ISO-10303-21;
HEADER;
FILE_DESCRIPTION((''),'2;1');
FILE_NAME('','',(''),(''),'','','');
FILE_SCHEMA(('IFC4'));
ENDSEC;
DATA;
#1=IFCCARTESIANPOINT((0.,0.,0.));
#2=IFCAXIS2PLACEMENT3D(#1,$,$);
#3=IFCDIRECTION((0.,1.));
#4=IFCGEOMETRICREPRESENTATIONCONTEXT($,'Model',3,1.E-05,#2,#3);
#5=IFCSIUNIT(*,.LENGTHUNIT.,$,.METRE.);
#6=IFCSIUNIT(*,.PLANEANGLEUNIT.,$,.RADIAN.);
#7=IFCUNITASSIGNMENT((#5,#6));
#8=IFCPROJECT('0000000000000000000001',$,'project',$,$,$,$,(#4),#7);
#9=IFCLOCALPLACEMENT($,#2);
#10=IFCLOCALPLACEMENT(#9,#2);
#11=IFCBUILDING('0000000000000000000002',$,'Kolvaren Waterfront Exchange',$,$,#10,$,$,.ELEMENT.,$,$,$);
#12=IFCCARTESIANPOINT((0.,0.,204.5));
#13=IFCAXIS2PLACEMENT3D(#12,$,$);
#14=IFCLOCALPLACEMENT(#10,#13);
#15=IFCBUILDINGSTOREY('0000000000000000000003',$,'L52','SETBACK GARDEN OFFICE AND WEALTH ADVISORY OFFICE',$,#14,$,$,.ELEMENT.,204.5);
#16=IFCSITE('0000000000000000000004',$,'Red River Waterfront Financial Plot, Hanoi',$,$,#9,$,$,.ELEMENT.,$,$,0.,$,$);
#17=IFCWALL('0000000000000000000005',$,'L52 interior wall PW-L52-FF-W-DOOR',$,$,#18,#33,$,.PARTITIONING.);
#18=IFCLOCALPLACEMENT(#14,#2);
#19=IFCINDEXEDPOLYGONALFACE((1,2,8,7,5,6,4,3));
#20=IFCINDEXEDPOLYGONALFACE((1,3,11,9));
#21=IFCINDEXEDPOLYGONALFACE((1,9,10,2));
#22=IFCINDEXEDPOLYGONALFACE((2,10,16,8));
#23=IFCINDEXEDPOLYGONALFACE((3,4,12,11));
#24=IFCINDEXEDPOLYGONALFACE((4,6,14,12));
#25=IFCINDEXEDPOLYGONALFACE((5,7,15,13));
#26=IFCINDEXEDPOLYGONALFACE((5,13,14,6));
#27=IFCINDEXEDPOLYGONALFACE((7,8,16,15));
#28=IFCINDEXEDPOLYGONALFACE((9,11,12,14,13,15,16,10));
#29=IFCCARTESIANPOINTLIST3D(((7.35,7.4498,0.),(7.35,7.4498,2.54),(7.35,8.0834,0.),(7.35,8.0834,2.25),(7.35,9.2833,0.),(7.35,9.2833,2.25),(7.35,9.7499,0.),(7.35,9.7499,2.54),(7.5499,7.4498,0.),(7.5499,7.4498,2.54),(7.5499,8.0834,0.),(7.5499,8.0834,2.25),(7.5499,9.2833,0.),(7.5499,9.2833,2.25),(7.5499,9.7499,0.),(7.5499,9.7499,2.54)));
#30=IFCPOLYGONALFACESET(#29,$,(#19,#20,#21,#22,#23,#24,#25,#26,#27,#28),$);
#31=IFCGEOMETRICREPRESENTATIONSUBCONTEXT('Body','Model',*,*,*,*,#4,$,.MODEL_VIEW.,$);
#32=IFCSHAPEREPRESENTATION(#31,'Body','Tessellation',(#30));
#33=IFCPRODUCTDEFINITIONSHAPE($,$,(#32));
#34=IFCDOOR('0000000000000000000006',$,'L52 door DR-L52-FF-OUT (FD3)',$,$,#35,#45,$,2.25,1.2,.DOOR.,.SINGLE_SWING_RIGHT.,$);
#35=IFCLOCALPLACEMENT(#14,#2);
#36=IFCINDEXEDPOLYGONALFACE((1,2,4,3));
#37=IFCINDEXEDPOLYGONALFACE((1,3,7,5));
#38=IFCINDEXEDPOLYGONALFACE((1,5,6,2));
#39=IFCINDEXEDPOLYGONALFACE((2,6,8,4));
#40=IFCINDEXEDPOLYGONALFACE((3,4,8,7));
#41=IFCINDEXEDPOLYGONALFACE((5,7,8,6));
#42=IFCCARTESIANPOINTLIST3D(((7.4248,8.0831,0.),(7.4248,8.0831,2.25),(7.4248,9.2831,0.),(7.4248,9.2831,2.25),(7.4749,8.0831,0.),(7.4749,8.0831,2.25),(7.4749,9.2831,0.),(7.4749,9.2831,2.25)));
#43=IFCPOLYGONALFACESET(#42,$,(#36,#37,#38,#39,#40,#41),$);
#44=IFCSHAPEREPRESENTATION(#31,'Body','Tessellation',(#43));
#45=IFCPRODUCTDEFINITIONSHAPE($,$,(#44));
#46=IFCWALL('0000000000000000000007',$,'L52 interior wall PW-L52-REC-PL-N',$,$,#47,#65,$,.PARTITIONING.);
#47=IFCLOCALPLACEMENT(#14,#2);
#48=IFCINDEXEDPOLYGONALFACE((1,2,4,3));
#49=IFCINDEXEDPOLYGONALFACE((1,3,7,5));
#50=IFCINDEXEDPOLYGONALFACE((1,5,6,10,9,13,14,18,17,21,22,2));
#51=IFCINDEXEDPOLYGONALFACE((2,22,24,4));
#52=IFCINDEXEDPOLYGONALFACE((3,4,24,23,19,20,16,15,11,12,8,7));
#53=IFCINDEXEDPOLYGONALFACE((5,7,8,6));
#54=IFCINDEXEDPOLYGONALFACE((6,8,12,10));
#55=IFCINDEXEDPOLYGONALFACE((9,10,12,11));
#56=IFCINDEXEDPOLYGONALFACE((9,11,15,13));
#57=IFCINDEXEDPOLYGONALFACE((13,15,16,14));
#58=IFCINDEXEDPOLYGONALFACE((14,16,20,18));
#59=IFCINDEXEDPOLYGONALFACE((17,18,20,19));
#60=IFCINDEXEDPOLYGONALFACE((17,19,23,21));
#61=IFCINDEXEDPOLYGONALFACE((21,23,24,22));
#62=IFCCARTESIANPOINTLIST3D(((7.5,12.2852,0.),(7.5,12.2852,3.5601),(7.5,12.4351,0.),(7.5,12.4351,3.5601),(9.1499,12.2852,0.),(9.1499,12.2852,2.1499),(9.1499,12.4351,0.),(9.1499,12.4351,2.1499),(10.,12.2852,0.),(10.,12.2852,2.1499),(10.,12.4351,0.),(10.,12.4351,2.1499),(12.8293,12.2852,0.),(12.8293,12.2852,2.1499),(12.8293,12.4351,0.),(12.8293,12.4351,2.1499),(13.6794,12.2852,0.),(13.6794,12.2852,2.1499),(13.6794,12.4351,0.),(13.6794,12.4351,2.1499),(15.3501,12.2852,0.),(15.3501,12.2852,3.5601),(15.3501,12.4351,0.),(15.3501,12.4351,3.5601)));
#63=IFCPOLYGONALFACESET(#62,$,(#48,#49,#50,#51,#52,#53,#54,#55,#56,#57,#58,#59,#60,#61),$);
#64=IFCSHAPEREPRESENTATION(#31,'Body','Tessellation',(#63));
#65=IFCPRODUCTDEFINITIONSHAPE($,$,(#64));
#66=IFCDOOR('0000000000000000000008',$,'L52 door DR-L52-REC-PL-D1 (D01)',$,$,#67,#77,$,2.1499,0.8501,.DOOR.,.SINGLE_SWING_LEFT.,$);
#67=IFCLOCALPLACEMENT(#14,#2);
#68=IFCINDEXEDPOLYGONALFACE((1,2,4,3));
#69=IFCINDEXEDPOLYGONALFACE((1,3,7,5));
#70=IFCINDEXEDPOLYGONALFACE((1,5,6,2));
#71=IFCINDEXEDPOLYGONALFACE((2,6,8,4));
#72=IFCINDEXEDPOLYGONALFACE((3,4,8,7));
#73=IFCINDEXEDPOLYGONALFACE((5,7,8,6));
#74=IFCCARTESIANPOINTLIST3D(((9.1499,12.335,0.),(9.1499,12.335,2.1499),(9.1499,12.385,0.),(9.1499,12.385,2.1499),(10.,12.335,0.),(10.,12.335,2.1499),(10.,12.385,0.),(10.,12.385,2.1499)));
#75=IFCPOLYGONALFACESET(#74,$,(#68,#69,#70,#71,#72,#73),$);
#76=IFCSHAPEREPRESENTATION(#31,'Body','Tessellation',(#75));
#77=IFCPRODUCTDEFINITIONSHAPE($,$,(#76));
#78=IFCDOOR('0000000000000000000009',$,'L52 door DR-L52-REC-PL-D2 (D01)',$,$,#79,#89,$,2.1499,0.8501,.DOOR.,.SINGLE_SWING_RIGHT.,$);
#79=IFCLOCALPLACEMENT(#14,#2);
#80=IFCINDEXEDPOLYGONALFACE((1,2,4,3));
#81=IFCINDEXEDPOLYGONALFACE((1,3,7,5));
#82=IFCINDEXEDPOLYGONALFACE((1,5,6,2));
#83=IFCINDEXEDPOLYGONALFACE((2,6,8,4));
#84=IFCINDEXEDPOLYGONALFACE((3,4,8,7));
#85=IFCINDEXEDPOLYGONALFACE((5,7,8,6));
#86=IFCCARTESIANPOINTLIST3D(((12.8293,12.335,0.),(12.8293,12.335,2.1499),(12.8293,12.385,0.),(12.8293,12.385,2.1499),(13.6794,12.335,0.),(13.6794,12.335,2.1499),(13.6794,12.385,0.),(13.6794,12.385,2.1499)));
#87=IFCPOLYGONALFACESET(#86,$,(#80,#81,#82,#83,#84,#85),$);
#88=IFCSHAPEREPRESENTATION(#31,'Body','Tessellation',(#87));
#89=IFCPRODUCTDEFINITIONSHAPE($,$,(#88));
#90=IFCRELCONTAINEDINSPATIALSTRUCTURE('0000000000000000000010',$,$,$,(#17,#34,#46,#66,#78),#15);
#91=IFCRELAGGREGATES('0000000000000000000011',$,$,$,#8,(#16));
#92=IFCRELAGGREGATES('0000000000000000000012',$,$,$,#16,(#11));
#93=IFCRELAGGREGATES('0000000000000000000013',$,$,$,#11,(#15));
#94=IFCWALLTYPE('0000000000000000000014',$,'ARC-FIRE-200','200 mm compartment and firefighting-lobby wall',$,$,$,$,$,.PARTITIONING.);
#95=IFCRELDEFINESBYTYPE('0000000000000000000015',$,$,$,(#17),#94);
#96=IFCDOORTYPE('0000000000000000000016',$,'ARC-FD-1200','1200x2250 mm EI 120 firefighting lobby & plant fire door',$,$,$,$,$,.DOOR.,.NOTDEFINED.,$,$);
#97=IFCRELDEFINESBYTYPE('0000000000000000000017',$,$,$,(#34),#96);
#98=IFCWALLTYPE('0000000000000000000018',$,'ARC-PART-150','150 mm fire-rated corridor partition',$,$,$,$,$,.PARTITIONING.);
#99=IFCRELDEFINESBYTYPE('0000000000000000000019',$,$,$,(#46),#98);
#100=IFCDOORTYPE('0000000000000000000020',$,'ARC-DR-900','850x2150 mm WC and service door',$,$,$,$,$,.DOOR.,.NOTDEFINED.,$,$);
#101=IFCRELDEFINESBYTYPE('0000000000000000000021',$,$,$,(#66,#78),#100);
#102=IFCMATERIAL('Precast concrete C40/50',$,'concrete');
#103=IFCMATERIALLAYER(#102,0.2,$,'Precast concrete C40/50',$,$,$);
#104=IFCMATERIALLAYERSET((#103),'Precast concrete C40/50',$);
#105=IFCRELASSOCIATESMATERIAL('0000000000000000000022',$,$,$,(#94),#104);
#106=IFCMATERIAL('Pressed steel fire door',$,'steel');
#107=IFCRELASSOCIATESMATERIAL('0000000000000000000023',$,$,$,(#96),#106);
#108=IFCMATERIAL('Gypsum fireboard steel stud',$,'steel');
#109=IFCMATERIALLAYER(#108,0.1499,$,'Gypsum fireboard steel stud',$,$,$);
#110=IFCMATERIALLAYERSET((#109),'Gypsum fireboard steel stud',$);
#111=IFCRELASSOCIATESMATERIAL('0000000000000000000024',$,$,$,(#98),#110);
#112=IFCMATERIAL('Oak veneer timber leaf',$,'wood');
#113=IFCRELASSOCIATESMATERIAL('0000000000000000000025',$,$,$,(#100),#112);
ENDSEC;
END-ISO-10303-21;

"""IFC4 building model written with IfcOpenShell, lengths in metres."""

from ifc_helpers import new_model, si_unit, direction, frame, frame_2d, origin, place, context, subcontext, project, spatial, rectangle, extrude, material, layer, layer_set, type_object, element, fill, save


model = new_model("IFC4")

# Units and contexts
model_context = context("Model", 3, precision=1e-05, world=origin(), true_north=direction((0.0, 1.0)))
body_context = subcontext(model_context, "Body", "Model", "MODEL_VIEW")
ifc_project = project(units=[si_unit("LENGTHUNIT", "METRE"), si_unit("PLANEANGLEUNIT", "RADIAN")], contexts=[model_context])

# Site, building, storey
site_placement = place(None, origin())
site = spatial("IfcSite", under=ifc_project, at=site_placement, Name="Red River Waterfront Financial Plot, Hanoi", CompositionType="ELEMENT", RefElevation=0.0)
building_placement = place(site_placement, origin())
building = spatial("IfcBuilding", under=site, at=building_placement, Name="Kolvaren Waterfront Exchange", CompositionType="ELEMENT")
storey_placement = place(building_placement, frame((0.0, 0.0, 204.5)))
storey = spatial("IfcBuildingStorey", under=building, at=storey_placement, Name="L52", Description="SETBACK GARDEN OFFICE AND WEALTH ADVISORY OFFICE", CompositionType="ELEMENT", Elevation=204.5)

# Shared definitions
ifc_material_1 = material(Name="Precast concrete C40/50", Category="concrete")
ifc_layer_1 = layer(ifc_material_1, 0.2, Name="Precast concrete C40/50")
ifc_layer_set_1 = layer_set([ifc_layer_1], Name="Precast concrete C40/50")
wall_type_1 = type_object("IfcWallType", Name="ARC-FIRE-200", Description="200 mm compartment and firefighting-lobby wall", PredefinedType="PARTITIONING", material=ifc_layer_set_1)

# Wall, opening, door
wall_1_placement = place(storey_placement, frame((7.45, 7.45, 0.0), z_axis=(0.0, 0.0, 1.0), x_axis=(0.0, 1.0, 0.0)))
wall_1 = element("IfcWall", 1, at=wall_1_placement, inside=storey, type_object=wall_type_1, Name="L52 interior wall PW-L52-FF-W-DOOR", PredefinedType="PARTITIONING", context=body_context, shape_type="SweptSolid", body=[
    extrude(rectangle(XDim=2.3, YDim=0.2, at=frame_2d((1.1499, 0.0))), origin(), (0.0, 0.0, 1.0), 2.54),
])
opening_1_placement = place(wall_1_placement, frame((0.6333, 0.0, 0.0)))
opening_1 = element("IfcOpeningElement", 2, at=opening_1_placement, cuts=wall_1, PredefinedType="OPENING", context=body_context, shape_type="SweptSolid", body=[
    extrude(rectangle(XDim=1.2, YDim=2.25, at=frame_2d((0.6001, 1.125))), frame((0.0, 0.1099, 0.0), z_axis=(0.0, -1.0, 0.0), x_axis=(1.0, 0.0, 0.0)), (0.0, 0.0, 1.0), 0.22),
])
ifc_material_2 = material(Name="Pressed steel fire door", Category="steel")
door_type_1 = type_object("IfcDoorType", Name="ARC-FD-1200", Description="1200x2250 mm EI 120 firefighting lobby & plant fire door", OperationType="NOTDEFINED", PredefinedType="DOOR", material=ifc_material_2)
door_1_placement = place(opening_1_placement, frame((1.2, 0.0, 0.0), z_axis=(0.0, 0.0, 1.0), x_axis=(-1.0, 0.0, 0.0)))
door_1 = element("IfcDoor", 3, at=door_1_placement, inside=storey, type_object=door_type_1, Name="L52 door DR-L52-FF-OUT (FD3)", OperationType="SINGLE_SWING_RIGHT", OverallHeight=2.25, OverallWidth=1.2, PredefinedType="DOOR", context=body_context, shape_type="SweptSolid", body=[
    extrude(rectangle(XDim=1.2, YDim=2.25, at=frame_2d((0.6001, 1.125))), frame((0.0, 0.0249, 0.0), z_axis=(0.0, -1.0, 0.0), x_axis=(1.0, 0.0, 0.0)), (0.0, 0.0, 1.0), 0.05),
])
fill(opening_1, door_1)

# Wall, openings, doors
ifc_material_3 = material(Name="Gypsum fireboard steel stud", Category="steel")
ifc_layer_2 = layer(ifc_material_3, 0.1499, Name="Gypsum fireboard steel stud")
ifc_layer_set_2 = layer_set([ifc_layer_2], Name="Gypsum fireboard steel stud")
wall_type_2 = type_object("IfcWallType", Name="ARC-PART-150", Description="150 mm fire-rated corridor partition", PredefinedType="PARTITIONING", material=ifc_layer_set_2)
wall_2_placement = place(storey_placement, frame((7.5, 12.3601, 0.0), z_axis=(0.0, 0.0, 1.0), x_axis=(1.0, 0.0, 0.0)))
wall_2 = element("IfcWall", 4, at=wall_2_placement, inside=storey, type_object=wall_type_2, Name="L52 interior wall PW-L52-REC-PL-N", PredefinedType="PARTITIONING", context=body_context, shape_type="SweptSolid", body=[
    extrude(rectangle(XDim=7.8501, YDim=0.1499, at=frame_2d((3.925, 0.0))), origin(), (0.0, 0.0, 1.0), 3.5601),
])
opening_2_placement = place(wall_2_placement, frame((1.6499, 0.0, 0.0)))
opening_2 = element("IfcOpeningElement", 5, at=opening_2_placement, cuts=wall_2, PredefinedType="OPENING", context=body_context, shape_type="SweptSolid", body=[
    extrude(rectangle(XDim=0.8501, YDim=2.1499, at=frame_2d((0.425, 1.075))), frame((0.0, 0.085, 0.0), z_axis=(0.0, -1.0, 0.0), x_axis=(1.0, 0.0, 0.0)), (0.0, 0.0, 1.0), 0.1699),
])
opening_3_placement = place(wall_2_placement, frame((5.3293, 0.0, 0.0)))
opening_3 = element("IfcOpeningElement", 6, at=opening_3_placement, cuts=wall_2, PredefinedType="OPENING", context=body_context, shape_type="SweptSolid", body=[
    extrude(rectangle(XDim=0.8501, YDim=2.1499, at=frame_2d((0.425, 1.075))), frame((0.0, 0.085, 0.0), z_axis=(0.0, -1.0, 0.0), x_axis=(1.0, 0.0, 0.0)), (0.0, 0.0, 1.0), 0.1699),
])
ifc_material_4 = material(Name="Oak veneer timber leaf", Category="wood")
door_type_2 = type_object("IfcDoorType", Name="ARC-DR-900", Description="850x2150 mm WC and service door", OperationType="NOTDEFINED", PredefinedType="DOOR", material=ifc_material_4)
door_2_placement = place(opening_2_placement, origin())
door_2 = element("IfcDoor", 7, at=door_2_placement, inside=storey, type_object=door_type_2, Name="L52 door DR-L52-REC-PL-D1 (D01)", OperationType="SINGLE_SWING_LEFT", OverallHeight=2.1499, OverallWidth=0.8501, PredefinedType="DOOR", context=body_context, shape_type="SweptSolid", body=[
    extrude(rectangle(XDim=0.8501, YDim=2.1499, at=frame_2d((0.425, 1.075))), frame((0.0, 0.0249, 0.0), z_axis=(0.0, -1.0, 0.0), x_axis=(1.0, 0.0, 0.0)), (0.0, 0.0, 1.0), 0.05),
])
fill(opening_2, door_2)
door_3_placement = place(opening_3_placement, origin())
door_3 = element("IfcDoor", 8, at=door_3_placement, inside=storey, type_object=door_type_2, Name="L52 door DR-L52-REC-PL-D2 (D01)", OperationType="SINGLE_SWING_RIGHT", OverallHeight=2.1499, OverallWidth=0.8501, PredefinedType="DOOR", context=body_context, shape_type="SweptSolid", body=[
    extrude(rectangle(XDim=0.8501, YDim=2.1499, at=frame_2d((0.425, 1.075))), frame((0.0, 0.0249, 0.0), z_axis=(0.0, -1.0, 0.0), x_axis=(1.0, 0.0, 0.0)), (0.0, 0.0, 1.0), 0.05),
])
fill(opening_3, door_3)

save(model, "model.ifc")
